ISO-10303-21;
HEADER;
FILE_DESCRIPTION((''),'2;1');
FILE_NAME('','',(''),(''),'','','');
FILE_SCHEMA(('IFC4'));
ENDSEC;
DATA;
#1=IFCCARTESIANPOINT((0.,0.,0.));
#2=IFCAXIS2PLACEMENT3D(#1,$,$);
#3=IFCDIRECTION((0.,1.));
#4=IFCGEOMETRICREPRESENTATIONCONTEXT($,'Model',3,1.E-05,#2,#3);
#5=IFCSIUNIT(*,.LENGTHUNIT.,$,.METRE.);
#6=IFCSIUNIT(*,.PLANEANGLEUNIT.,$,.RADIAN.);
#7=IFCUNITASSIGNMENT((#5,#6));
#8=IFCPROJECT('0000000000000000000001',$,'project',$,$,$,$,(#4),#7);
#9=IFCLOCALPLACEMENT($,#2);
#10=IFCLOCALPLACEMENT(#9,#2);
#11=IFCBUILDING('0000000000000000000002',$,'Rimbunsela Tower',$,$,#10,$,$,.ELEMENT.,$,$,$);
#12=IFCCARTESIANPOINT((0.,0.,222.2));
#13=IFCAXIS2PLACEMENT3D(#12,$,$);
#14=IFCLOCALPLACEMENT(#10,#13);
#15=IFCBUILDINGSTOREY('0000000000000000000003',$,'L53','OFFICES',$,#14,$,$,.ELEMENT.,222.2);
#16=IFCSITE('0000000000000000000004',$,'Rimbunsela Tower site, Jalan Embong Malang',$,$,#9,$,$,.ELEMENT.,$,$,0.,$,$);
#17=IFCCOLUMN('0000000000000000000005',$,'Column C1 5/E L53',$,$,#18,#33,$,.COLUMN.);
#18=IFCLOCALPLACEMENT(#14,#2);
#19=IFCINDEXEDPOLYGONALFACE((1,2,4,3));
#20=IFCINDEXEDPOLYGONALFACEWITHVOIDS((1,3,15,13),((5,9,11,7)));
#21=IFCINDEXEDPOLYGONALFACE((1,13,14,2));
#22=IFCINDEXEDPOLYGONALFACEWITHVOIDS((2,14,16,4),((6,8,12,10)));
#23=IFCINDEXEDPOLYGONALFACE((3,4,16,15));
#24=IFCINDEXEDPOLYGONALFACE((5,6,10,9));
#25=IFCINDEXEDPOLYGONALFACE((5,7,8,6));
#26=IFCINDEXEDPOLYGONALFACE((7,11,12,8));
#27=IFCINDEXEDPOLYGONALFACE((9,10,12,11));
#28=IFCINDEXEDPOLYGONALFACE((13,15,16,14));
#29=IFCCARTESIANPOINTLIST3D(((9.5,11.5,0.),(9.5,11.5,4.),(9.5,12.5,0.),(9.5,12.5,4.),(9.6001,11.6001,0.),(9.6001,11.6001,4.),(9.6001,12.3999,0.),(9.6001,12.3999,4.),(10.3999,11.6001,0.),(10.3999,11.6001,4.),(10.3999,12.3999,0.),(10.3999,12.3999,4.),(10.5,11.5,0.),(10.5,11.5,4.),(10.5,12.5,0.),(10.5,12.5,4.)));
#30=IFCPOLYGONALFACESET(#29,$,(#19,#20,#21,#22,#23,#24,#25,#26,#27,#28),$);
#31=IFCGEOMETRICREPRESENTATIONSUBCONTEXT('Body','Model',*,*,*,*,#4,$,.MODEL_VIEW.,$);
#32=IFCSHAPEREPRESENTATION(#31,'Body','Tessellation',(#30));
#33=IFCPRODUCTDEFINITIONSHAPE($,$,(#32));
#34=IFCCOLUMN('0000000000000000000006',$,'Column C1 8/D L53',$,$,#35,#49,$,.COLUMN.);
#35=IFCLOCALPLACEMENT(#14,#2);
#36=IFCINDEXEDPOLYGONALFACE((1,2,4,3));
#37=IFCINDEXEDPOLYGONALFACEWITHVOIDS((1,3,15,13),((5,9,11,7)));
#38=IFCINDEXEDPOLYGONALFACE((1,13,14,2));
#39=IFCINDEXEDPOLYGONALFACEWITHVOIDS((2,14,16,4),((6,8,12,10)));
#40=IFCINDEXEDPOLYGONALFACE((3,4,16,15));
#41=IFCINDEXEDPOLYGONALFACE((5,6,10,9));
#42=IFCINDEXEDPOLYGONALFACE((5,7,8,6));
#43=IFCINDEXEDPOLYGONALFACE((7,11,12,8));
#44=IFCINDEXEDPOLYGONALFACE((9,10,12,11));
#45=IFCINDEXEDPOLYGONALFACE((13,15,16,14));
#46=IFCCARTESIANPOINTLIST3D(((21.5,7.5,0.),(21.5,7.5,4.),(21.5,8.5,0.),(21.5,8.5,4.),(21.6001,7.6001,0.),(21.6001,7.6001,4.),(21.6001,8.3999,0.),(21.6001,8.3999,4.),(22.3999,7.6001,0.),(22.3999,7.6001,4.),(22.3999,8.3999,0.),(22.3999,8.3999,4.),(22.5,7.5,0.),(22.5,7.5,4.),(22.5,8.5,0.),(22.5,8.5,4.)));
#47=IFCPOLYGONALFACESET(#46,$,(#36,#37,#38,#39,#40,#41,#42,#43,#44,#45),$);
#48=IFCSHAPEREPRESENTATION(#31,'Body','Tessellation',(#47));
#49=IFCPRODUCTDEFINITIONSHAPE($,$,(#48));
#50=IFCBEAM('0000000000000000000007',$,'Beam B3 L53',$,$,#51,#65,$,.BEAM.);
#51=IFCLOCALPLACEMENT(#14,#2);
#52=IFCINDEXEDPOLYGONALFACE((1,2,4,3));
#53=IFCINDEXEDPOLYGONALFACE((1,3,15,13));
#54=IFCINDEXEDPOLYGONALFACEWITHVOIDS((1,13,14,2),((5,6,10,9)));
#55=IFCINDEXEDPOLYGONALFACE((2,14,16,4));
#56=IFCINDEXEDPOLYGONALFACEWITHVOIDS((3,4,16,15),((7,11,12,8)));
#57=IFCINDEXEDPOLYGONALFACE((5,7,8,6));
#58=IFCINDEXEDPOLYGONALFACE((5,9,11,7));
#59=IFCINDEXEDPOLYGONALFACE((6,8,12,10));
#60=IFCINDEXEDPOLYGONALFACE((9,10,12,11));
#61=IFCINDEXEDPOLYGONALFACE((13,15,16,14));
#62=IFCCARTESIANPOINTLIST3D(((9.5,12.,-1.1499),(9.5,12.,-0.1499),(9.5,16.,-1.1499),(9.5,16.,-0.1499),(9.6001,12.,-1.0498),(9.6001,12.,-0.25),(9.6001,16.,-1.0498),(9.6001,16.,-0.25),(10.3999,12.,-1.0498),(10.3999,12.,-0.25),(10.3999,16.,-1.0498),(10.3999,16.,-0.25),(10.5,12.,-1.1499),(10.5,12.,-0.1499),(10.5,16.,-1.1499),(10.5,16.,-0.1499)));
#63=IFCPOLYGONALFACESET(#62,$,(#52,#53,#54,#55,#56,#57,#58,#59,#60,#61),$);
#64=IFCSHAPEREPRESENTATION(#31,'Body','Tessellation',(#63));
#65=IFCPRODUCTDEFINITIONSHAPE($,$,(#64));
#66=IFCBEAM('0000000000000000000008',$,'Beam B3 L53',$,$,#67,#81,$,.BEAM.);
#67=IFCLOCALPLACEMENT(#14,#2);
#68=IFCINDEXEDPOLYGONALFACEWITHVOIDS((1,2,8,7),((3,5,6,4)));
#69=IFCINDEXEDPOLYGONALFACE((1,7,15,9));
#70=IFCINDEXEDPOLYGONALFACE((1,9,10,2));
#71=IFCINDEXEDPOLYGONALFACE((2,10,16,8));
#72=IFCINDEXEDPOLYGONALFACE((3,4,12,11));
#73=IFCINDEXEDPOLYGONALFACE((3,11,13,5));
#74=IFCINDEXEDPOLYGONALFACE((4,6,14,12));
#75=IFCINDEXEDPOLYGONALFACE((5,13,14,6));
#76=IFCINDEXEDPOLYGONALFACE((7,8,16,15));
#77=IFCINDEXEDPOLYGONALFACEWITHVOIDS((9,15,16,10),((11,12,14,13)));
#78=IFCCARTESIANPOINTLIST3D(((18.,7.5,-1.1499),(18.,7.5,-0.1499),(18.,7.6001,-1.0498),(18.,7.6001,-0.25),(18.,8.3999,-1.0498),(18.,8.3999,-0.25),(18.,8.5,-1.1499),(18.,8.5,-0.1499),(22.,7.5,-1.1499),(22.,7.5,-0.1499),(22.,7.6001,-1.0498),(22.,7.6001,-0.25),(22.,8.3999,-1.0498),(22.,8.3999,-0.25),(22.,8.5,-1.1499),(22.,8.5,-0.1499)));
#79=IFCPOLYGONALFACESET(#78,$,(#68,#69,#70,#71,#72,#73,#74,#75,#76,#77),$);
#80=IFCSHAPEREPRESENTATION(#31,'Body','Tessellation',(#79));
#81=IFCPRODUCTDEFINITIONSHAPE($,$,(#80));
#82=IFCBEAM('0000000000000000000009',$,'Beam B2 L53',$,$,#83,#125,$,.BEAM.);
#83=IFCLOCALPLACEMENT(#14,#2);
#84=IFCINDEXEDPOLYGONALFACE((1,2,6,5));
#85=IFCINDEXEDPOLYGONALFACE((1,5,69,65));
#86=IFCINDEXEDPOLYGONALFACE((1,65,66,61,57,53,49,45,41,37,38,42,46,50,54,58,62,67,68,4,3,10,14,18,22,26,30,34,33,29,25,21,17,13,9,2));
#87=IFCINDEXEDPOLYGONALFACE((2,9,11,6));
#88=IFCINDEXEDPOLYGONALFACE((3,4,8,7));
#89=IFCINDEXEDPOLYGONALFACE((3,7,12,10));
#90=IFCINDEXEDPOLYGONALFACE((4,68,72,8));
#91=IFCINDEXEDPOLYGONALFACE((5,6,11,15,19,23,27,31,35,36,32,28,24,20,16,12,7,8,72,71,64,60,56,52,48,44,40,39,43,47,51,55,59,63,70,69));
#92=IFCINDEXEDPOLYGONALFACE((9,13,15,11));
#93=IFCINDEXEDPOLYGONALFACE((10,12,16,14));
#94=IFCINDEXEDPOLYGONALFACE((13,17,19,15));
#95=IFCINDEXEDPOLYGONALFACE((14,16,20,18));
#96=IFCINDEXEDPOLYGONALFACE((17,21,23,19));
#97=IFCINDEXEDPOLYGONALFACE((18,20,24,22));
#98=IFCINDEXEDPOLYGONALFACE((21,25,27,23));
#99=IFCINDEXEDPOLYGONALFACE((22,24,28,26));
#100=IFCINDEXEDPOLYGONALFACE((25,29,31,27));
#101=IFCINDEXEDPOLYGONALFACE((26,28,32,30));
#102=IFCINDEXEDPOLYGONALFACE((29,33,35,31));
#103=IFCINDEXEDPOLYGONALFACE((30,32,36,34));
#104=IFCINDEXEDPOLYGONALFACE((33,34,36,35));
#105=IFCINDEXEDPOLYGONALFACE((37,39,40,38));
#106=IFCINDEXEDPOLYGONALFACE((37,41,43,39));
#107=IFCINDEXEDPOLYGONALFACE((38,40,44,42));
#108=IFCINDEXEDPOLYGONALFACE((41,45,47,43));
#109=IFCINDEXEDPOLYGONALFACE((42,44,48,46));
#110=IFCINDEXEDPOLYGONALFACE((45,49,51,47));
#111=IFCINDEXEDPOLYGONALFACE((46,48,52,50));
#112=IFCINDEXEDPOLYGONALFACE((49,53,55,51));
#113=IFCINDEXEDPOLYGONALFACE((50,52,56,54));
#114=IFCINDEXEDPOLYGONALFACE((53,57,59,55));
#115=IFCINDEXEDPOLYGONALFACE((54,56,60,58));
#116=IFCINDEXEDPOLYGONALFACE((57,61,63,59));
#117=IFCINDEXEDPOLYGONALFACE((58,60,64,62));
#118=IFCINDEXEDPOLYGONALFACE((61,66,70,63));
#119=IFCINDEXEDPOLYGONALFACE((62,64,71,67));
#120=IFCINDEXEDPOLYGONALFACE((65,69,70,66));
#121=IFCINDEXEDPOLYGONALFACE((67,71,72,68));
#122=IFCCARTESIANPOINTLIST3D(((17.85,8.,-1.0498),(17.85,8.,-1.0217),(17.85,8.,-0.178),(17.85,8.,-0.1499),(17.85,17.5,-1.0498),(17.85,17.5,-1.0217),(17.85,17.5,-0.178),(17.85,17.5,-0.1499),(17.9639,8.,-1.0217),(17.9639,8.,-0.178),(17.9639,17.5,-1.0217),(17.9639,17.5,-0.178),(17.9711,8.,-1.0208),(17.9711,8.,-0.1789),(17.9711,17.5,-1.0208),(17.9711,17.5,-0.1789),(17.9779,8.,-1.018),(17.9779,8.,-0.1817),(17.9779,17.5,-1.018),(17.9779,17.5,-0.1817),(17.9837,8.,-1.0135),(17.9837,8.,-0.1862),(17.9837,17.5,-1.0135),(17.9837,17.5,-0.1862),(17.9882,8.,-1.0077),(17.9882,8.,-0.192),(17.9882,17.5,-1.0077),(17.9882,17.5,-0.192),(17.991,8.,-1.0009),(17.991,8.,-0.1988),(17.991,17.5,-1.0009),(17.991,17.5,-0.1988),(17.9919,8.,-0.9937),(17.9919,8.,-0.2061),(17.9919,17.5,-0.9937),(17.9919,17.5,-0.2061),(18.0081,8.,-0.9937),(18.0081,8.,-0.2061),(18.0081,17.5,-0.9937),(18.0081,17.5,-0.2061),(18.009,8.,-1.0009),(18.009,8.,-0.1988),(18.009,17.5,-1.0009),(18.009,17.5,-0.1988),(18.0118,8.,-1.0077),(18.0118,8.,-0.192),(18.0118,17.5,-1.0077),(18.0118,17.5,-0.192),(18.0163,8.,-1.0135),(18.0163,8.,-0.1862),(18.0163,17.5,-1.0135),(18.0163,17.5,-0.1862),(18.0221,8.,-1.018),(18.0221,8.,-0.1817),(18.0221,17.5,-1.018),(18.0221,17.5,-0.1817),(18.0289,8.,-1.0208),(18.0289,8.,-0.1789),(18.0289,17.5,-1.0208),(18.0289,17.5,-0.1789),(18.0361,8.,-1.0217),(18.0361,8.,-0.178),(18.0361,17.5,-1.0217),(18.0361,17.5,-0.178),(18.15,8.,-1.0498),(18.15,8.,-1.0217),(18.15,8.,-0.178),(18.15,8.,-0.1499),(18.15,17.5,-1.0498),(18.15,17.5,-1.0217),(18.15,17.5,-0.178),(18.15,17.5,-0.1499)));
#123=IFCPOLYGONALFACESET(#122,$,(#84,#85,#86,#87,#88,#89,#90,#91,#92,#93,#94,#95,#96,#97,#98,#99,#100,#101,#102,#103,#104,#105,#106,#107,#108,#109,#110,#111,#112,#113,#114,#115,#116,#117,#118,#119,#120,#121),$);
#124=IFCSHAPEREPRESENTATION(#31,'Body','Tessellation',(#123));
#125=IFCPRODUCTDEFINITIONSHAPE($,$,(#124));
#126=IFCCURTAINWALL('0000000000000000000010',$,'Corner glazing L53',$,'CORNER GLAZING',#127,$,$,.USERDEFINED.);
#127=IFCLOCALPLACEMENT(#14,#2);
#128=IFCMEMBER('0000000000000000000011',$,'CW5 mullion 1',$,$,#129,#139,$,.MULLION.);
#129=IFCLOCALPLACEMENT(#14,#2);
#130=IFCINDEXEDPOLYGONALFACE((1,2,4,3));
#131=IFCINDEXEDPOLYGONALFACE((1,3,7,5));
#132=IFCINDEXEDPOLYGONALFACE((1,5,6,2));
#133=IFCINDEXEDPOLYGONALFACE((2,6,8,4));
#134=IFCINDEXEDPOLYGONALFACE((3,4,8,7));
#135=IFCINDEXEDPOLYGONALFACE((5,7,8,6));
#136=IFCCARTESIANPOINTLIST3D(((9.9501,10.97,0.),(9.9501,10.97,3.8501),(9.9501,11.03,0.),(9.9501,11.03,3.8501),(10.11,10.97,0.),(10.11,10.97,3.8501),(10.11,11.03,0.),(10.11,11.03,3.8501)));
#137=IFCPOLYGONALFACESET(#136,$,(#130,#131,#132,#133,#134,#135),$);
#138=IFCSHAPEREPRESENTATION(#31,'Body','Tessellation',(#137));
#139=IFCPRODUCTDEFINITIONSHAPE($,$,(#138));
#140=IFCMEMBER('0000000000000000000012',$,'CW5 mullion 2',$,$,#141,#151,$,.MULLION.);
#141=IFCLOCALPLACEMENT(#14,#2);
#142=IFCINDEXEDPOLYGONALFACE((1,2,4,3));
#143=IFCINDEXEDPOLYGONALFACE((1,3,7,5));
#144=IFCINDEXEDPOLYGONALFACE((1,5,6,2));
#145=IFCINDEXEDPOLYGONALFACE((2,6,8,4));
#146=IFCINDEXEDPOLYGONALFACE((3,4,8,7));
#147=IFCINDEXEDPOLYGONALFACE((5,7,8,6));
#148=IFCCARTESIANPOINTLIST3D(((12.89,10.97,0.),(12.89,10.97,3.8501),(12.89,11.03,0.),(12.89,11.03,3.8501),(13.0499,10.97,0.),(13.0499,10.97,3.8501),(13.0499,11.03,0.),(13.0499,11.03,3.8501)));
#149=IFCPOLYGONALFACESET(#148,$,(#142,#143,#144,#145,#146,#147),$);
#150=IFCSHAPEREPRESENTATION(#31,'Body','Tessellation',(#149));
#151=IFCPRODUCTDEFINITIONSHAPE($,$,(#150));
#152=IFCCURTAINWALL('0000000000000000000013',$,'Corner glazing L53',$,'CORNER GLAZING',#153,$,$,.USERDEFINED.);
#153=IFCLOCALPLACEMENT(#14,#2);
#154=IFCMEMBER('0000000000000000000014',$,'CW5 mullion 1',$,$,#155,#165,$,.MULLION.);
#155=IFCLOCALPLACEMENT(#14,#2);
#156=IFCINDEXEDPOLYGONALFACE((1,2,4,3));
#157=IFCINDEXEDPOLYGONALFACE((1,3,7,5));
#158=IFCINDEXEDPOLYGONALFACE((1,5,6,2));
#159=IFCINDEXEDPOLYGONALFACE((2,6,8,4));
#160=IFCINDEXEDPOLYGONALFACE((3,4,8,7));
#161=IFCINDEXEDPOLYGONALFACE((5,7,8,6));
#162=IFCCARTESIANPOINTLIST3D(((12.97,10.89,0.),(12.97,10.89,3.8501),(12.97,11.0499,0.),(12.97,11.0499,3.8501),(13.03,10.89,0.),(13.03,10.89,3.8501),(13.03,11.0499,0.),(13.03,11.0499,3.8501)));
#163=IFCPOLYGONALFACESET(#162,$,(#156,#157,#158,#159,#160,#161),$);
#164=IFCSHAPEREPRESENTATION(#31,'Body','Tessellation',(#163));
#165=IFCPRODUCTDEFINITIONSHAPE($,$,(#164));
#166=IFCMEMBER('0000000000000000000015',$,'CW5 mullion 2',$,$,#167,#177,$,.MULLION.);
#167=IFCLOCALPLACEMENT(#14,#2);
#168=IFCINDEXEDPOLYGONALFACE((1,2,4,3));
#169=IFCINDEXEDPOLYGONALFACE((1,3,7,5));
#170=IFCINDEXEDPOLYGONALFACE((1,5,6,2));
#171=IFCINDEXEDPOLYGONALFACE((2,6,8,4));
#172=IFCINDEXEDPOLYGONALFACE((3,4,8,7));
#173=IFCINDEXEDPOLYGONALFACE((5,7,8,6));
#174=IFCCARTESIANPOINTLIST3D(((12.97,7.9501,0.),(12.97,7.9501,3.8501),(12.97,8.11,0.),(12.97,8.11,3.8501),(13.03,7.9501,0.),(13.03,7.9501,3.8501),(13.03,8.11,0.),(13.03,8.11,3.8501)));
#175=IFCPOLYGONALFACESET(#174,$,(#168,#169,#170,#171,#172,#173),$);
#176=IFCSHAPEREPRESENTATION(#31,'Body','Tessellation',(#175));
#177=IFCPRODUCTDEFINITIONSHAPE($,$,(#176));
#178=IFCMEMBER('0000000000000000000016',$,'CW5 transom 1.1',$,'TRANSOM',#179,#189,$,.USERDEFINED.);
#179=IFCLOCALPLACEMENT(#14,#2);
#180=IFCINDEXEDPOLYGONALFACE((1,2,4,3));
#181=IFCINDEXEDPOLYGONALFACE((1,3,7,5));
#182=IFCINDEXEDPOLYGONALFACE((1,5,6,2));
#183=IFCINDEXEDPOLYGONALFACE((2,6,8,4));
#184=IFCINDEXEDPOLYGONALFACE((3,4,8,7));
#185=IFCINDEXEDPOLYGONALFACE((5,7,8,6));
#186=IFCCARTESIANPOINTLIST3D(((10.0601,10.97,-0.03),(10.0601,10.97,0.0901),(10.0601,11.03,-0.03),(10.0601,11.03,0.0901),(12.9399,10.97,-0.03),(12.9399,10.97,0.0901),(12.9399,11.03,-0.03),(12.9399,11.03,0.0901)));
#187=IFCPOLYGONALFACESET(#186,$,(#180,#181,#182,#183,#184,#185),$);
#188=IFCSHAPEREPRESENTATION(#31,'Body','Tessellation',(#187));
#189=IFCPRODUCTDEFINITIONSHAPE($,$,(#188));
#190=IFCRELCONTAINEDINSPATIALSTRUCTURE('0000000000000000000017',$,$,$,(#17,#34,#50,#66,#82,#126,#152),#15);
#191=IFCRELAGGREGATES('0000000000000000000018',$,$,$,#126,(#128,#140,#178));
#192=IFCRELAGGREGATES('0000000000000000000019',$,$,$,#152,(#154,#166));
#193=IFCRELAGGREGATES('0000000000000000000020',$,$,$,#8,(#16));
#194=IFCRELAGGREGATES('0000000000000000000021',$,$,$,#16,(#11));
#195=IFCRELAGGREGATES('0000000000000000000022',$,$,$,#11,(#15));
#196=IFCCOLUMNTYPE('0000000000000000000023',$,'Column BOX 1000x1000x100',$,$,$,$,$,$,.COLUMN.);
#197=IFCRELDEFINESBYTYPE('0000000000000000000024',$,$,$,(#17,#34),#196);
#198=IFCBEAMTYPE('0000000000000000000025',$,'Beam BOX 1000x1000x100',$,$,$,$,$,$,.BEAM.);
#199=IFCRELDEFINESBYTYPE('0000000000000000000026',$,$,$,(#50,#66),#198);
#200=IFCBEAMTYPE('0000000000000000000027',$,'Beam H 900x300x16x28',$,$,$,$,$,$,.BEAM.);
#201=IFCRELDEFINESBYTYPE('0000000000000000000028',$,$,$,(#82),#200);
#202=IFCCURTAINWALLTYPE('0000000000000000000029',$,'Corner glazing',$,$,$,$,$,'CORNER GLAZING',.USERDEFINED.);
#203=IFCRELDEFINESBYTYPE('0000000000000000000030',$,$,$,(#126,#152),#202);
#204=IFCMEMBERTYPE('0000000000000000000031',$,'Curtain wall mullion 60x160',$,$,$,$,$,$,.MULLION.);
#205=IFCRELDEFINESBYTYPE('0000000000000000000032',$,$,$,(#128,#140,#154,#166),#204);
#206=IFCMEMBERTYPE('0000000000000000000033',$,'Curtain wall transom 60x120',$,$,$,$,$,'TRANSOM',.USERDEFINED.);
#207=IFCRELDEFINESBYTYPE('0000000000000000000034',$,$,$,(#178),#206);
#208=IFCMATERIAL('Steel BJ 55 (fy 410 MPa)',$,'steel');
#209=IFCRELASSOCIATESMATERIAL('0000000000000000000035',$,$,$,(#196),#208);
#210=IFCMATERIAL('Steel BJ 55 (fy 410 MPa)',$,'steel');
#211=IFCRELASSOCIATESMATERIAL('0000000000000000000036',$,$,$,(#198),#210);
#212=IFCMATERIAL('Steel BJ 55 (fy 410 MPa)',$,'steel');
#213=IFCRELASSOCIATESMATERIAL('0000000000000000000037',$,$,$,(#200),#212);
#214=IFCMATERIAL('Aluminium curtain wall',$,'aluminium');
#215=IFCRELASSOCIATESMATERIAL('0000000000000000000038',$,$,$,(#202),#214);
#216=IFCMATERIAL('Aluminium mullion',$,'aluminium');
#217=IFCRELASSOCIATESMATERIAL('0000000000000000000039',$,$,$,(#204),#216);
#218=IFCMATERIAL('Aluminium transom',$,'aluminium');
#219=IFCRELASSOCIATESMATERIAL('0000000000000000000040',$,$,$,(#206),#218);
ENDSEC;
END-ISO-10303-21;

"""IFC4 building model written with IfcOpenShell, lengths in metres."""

from ifc_helpers import new_model, si_unit, direction, frame, origin, origin_2d, place, context, subcontext, project, spatial, rectangle, hollow_rectangle, i_section, extrude, material, material_profile, profile_set, type_object, element, aggregate, save


model = new_model("IFC4")

# Units and contexts
model_context = context("Model", 3, precision=1e-05, world=origin(), true_north=direction((0.0, 1.0)))
body_context = subcontext(model_context, "Body", "Model", "MODEL_VIEW")
ifc_project = project(units=[si_unit("LENGTHUNIT", "METRE"), si_unit("PLANEANGLEUNIT", "RADIAN")], contexts=[model_context])

# Site, building, storey
site_placement = place(None, origin())
site = spatial("IfcSite", under=ifc_project, at=site_placement, Name="Rimbunsela Tower site, Jalan Embong Malang", CompositionType="ELEMENT", RefElevation=0.0)
building_placement = place(site_placement, origin())
building = spatial("IfcBuilding", under=site, at=building_placement, Name="Rimbunsela Tower", CompositionType="ELEMENT")
storey_placement = place(building_placement, frame((0.0, 0.0, 222.2)))
storey = spatial("IfcBuildingStorey", under=building, at=storey_placement, Name="L53", Description="OFFICES", CompositionType="ELEMENT", Elevation=222.2)

# Columns
ifc_material_1 = material(Name="Steel BJ 55 (fy 410 MPa)", Category="steel")
ifc_material_profile_1 = material_profile(ifc_material_1, hollow_rectangle(XDim=1.0, YDim=1.0, WallThickness=0.1001, at=origin_2d()), Name="BOX 1000x1000x100")
ifc_profile_set_1 = profile_set([ifc_material_profile_1], Name="Steel BJ 55 (fy 410 MPa)")
column_type = type_object("IfcColumnType", Name="Column BOX 1000x1000x100", PredefinedType="COLUMN", material=ifc_profile_set_1)
for number, where, z_axis, x_axis, name in (
    (1, (10.0, 12.0, 0.0), (0.0, 0.0, 1.0), (1.0, 0.0, 0.0), "Column C1 5/E L53"),
    (2, (22.0, 8.0, 0.0), (0.0, 0.0, 1.0), (1.0, 0.0, 0.0), "Column C1 8/D L53"),
):
    element("IfcColumn", number, at=place(storey_placement, frame(where, z_axis=z_axis, x_axis=x_axis)), inside=storey, type_object=column_type, Name=name, PredefinedType="COLUMN", context=body_context, shape_type="SweptSolid", body=[
        extrude(hollow_rectangle(XDim=1.0, YDim=1.0, WallThickness=0.1001, at=origin_2d()), origin(), (0.0, 0.0, 1.0), 4.0),
    ])

# Beams
ifc_material_2 = material(Name="Steel BJ 55 (fy 410 MPa)", Category="steel")
ifc_material_profile_2 = material_profile(ifc_material_2, hollow_rectangle(XDim=1.0, YDim=1.0, WallThickness=0.1001, at=origin_2d()), Name="BOX 1000x1000x100")
ifc_profile_set_2 = profile_set([ifc_material_profile_2], Name="Steel BJ 55 (fy 410 MPa)")
beam_type_1 = type_object("IfcBeamType", Name="Beam BOX 1000x1000x100", PredefinedType="BEAM", material=ifc_profile_set_2)
for number, where, z_axis, x_axis, name in (
    (3, (10.0, 12.0, -0.6499), (0.0, 1.0, 0.0), (-1.0, 0.0, 0.0), "Beam B3 L53"),
    (4, (18.0, 8.0, -0.6499), (1.0, 0.0, 0.0), (0.0, 1.0, 0.0), "Beam B3 L53"),
):
    element("IfcBeam", number, at=place(storey_placement, frame(where, z_axis=z_axis, x_axis=x_axis)), inside=storey, type_object=beam_type_1, Name=name, PredefinedType="BEAM", context=body_context, shape_type="SweptSolid", body=[
        extrude(hollow_rectangle(XDim=1.0, YDim=1.0, WallThickness=0.1001, at=origin_2d()), origin(), (0.0, 0.0, 1.0), 4.0),
    ])
ifc_material_3 = material(Name="Steel BJ 55 (fy 410 MPa)", Category="steel")
ifc_material_profile_3 = material_profile(ifc_material_3, i_section(OverallWidth=0.3, OverallDepth=0.8999, WebThickness=0.0161, FlangeThickness=0.0281, FilletRadius=0.0281, at=origin_2d()), Name="H 900x300x16x28")
ifc_profile_set_3 = profile_set([ifc_material_profile_3], Name="Steel BJ 55 (fy 410 MPa)")
beam_type_2 = type_object("IfcBeamType", Name="Beam H 900x300x16x28", PredefinedType="BEAM", material=ifc_profile_set_3)
beam_placement = place(storey_placement, frame((18.0, 8.0, -0.5999), z_axis=(0.0, 1.0, 0.0), x_axis=(-1.0, 0.0, 0.0)))
element("IfcBeam", 5, at=beam_placement, inside=storey, type_object=beam_type_2, Name="Beam B2 L53", PredefinedType="BEAM", context=body_context, shape_type="SweptSolid", body=[
    extrude(i_section(OverallWidth=0.3, OverallDepth=0.8999, WebThickness=0.0161, FlangeThickness=0.0281, FilletRadius=0.0281, at=origin_2d()), origin(), (0.0, 0.0, 1.0), 9.5),
])

# Curtain walls, members
ifc_material_4 = material(Name="Aluminium curtain wall", Category="aluminium")
curtain_wall_type = type_object("IfcCurtainWallType", Name="Corner glazing", ElementType="CORNER GLAZING", PredefinedType="USERDEFINED", material=ifc_material_4)
curtain_wall_1_placement = place(storey_placement, origin())
curtain_wall_1 = element("IfcCurtainWall", 6, at=curtain_wall_1_placement, inside=storey, type_object=curtain_wall_type, Name="Corner glazing L53", ObjectType="CORNER GLAZING", PredefinedType="USERDEFINED")
ifc_material_5 = material(Name="Aluminium mullion", Category="aluminium")
ifc_material_profile_4 = material_profile(ifc_material_5, rectangle(XDim=0.0601, YDim=0.1599, at=origin_2d()), Name="Mullion 60x160")
ifc_profile_set_4 = profile_set([ifc_material_profile_4], Name="Aluminium mullion")
member_type_1 = type_object("IfcMemberType", Name="Curtain wall mullion 60x160", PredefinedType="MULLION", material=ifc_profile_set_4)
member_1_placement = place(storey_placement, frame((10.03, 11.0, 0.0), z_axis=(0.0, 0.0, 1.0), x_axis=(0.0, 1.0, 0.0)))
member_1 = element("IfcMember", 7, at=member_1_placement, type_object=member_type_1, Name="CW5 mullion 1", PredefinedType="MULLION", context=body_context, shape_type="SweptSolid", body=[
    extrude(rectangle(XDim=0.0601, YDim=0.1599, at=origin_2d()), origin(), (0.0, 0.0, 1.0), 3.8501),
])
member_2_placement = place(storey_placement, frame((12.97, 11.0, 0.0), z_axis=(0.0, 0.0, 1.0), x_axis=(0.0, 1.0, 0.0)))
member_2 = element("IfcMember", 8, at=member_2_placement, type_object=member_type_1, Name="CW5 mullion 2", PredefinedType="MULLION", context=body_context, shape_type="SweptSolid", body=[
    extrude(rectangle(XDim=0.0601, YDim=0.1599, at=origin_2d()), origin(), (0.0, 0.0, 1.0), 3.8501),
])
curtain_wall_2_placement = place(storey_placement, origin())
curtain_wall_2 = element("IfcCurtainWall", 9, at=curtain_wall_2_placement, inside=storey, type_object=curtain_wall_type, Name="Corner glazing L53", ObjectType="CORNER GLAZING", PredefinedType="USERDEFINED")
member_3_placement = place(storey_placement, frame((13.0, 10.97, 0.0), z_axis=(0.0, 0.0, 1.0), x_axis=(1.0, 0.0, 0.0)))
member_3 = element("IfcMember", 10, at=member_3_placement, type_object=member_type_1, Name="CW5 mullion 1", PredefinedType="MULLION", context=body_context, shape_type="SweptSolid", body=[
    extrude(rectangle(XDim=0.0601, YDim=0.1599, at=origin_2d()), origin(), (0.0, 0.0, 1.0), 3.8501),
])
member_4_placement = place(storey_placement, frame((13.0, 8.03, 0.0), z_axis=(0.0, 0.0, 1.0), x_axis=(1.0, 0.0, 0.0)))
member_4 = element("IfcMember", 11, at=member_4_placement, type_object=member_type_1, Name="CW5 mullion 2", PredefinedType="MULLION", context=body_context, shape_type="SweptSolid", body=[
    extrude(rectangle(XDim=0.0601, YDim=0.1599, at=origin_2d()), origin(), (0.0, 0.0, 1.0), 3.8501),
])

# Member
ifc_material_6 = material(Name="Aluminium transom", Category="aluminium")
ifc_material_profile_5 = material_profile(ifc_material_6, rectangle(XDim=0.0601, YDim=0.1201, at=origin_2d()), Name="Transom 60x120")
ifc_profile_set_5 = profile_set([ifc_material_profile_5], Name="Aluminium transom")
member_type_2 = type_object("IfcMemberType", Name="Curtain wall transom 60x120", ElementType="TRANSOM", PredefinedType="USERDEFINED", material=ifc_profile_set_5)
member_5_placement = place(storey_placement, frame((10.0601, 11.0, 0.03), z_axis=(1.0, 0.0, 0.0), x_axis=(0.0, 1.0, 0.0)))
member_5 = element("IfcMember", 12, at=member_5_placement, type_object=member_type_2, Name="CW5 transom 1.1", ObjectType="TRANSOM", PredefinedType="USERDEFINED", context=body_context, shape_type="SweptSolid", body=[
    extrude(rectangle(XDim=0.0601, YDim=0.1201, at=origin_2d()), origin(), (0.0, 0.0, 1.0), 2.8799),
])

aggregate(curtain_wall_1, [member_1, member_2, member_5])
aggregate(curtain_wall_2, [member_3, member_4])

save(model, "model.ifc")
